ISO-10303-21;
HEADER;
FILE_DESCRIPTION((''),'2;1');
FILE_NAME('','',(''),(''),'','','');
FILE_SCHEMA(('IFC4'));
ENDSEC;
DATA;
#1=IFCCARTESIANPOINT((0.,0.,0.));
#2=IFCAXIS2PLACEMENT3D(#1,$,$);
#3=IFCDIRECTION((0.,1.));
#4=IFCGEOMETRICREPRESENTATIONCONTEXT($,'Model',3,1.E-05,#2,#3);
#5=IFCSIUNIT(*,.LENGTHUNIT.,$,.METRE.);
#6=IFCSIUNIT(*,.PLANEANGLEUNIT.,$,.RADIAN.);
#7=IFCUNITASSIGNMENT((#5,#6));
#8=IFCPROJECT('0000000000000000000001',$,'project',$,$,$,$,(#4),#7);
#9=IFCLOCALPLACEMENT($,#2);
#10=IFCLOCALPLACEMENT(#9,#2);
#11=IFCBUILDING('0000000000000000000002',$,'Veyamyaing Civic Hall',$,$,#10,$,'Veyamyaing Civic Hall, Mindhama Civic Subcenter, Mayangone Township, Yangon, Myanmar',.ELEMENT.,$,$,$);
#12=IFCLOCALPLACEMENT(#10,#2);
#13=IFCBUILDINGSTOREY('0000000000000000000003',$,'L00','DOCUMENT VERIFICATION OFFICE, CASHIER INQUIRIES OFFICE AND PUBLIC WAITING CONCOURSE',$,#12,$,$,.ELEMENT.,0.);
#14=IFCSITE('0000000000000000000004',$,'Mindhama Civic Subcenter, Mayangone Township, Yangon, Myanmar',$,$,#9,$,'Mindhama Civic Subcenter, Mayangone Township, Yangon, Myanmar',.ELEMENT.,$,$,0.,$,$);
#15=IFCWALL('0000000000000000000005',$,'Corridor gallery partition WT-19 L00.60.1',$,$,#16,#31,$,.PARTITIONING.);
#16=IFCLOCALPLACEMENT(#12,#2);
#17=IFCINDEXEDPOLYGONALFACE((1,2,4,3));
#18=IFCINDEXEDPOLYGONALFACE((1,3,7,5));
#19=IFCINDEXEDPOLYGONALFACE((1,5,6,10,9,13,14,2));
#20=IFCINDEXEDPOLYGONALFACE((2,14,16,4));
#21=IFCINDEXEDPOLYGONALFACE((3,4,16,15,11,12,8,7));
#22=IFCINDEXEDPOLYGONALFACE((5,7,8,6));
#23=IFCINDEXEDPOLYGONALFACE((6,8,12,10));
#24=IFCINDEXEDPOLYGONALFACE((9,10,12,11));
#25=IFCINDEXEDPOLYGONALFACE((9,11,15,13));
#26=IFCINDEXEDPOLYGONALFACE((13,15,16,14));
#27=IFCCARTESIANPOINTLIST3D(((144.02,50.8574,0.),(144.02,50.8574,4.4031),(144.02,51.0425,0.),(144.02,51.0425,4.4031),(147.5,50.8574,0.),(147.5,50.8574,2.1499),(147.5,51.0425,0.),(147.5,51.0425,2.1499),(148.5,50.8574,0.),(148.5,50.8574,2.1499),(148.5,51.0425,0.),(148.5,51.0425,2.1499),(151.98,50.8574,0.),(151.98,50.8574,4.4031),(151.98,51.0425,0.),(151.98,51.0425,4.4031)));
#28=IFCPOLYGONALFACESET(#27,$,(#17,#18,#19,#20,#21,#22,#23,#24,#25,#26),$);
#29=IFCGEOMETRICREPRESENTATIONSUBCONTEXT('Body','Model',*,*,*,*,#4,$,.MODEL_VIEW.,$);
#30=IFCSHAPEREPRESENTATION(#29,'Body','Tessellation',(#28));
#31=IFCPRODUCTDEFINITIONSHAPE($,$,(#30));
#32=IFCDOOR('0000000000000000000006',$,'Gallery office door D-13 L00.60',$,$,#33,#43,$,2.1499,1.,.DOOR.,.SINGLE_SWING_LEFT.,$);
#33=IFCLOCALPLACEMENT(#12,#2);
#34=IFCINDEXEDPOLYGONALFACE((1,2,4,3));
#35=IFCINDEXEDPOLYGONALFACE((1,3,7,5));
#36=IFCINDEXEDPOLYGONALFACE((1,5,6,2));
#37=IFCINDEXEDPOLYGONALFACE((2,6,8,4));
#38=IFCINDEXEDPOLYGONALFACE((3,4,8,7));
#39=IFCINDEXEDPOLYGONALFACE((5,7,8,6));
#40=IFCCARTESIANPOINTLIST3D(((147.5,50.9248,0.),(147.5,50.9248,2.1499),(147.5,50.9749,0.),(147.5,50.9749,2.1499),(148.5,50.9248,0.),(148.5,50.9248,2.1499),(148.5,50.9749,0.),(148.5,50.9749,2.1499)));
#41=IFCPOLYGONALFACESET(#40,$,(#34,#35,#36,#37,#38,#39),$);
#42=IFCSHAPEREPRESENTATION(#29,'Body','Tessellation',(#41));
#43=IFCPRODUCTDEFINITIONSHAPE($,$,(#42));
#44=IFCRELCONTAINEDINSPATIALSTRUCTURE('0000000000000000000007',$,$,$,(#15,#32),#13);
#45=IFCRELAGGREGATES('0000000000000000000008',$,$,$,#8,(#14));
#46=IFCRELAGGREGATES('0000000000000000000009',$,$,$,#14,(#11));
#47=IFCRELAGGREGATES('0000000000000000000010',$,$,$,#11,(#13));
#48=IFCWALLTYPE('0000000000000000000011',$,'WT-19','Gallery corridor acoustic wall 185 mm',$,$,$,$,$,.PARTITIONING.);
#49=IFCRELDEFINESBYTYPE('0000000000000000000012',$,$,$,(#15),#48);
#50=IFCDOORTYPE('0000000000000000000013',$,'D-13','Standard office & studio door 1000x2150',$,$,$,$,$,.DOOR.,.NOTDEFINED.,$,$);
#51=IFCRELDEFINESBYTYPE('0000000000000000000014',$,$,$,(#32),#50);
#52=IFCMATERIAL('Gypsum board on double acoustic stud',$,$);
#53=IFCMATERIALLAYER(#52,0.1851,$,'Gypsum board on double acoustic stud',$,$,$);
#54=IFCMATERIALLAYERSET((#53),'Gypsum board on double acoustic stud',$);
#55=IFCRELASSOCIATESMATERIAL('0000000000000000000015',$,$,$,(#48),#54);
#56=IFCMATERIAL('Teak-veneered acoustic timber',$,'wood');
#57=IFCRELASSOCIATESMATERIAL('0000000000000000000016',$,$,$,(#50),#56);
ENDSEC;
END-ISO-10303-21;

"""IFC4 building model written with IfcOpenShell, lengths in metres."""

from ifc_helpers import new_model, si_unit, direction, frame, frame_2d, origin, place, context, subcontext, project, spatial, rectangle, extrude, material, layer, layer_set, type_object, element, fill, save


model = new_model("IFC4")

# Units and contexts
model_context = context("Model", 3, precision=1e-05, world=origin(), true_north=direction((0.0, 1.0)))
body_context = subcontext(model_context, "Body", "Model", "MODEL_VIEW")
ifc_project = project(units=[si_unit("LENGTHUNIT", "METRE"), si_unit("PLANEANGLEUNIT", "RADIAN")], contexts=[model_context])

# Site, building, storey
site_placement = place(None, origin())
site = spatial("IfcSite", under=ifc_project, at=site_placement, Name="Mindhama Civic Subcenter, Mayangone Township, Yangon, Myanmar", LongName="Mindhama Civic Subcenter, Mayangone Township, Yangon, Myanmar", CompositionType="ELEMENT", RefElevation=0.0)
building_placement = place(site_placement, origin())
building = spatial("IfcBuilding", under=site, at=building_placement, Name="Veyamyaing Civic Hall", LongName="Veyamyaing Civic Hall, Mindhama Civic Subcenter, Mayangone Township, Yangon, Myanmar", CompositionType="ELEMENT")
storey_placement = place(building_placement, origin())
storey = spatial("IfcBuildingStorey", under=building, at=storey_placement, Name="L00", Description="DOCUMENT VERIFICATION OFFICE, CASHIER INQUIRIES OFFICE AND PUBLIC WAITING CONCOURSE", CompositionType="ELEMENT", Elevation=0.0)

# Wall, opening, door
ifc_material_1 = material(Name="Gypsum board on double acoustic stud")
ifc_layer_1 = layer(ifc_material_1, 0.1851, Name="Gypsum board on double acoustic stud")
ifc_layer_set_1 = layer_set([ifc_layer_1], Name="Gypsum board on double acoustic stud")
wall_type_1 = type_object("IfcWallType", Name="WT-19", Description="Gallery corridor acoustic wall 185 mm", PredefinedType="PARTITIONING", material=ifc_layer_set_1)
wall_1_placement = place(storey_placement, frame((144.02, 50.95, 0.0), z_axis=(0.0, 0.0, 1.0), x_axis=(1.0, 0.0, 0.0)))
wall_1 = element("IfcWall", 1, at=wall_1_placement, inside=storey, type_object=wall_type_1, Name="Corridor gallery partition WT-19 L00.60.1", PredefinedType="PARTITIONING", context=body_context, shape_type="SweptSolid", body=[
    extrude(rectangle(XDim=7.96, YDim=0.1851, at=frame_2d((3.98, 0.0))), origin(), (0.0, 0.0, 1.0), 4.4031),
])
opening_placement = place(wall_1_placement, frame((3.48, 0.0, 0.0)))
opening = element("IfcOpeningElement", 2, at=opening_placement, cuts=wall_1, PredefinedType="OPENING", context=body_context, shape_type="SweptSolid", body=[
    extrude(rectangle(XDim=1.0, YDim=2.1499, at=frame_2d((0.5, 1.075))), frame((0.0, 0.1025, 0.0), z_axis=(0.0, -1.0, 0.0), x_axis=(1.0, 0.0, 0.0)), (0.0, 0.0, 1.0), 0.2051),
])
ifc_material_2 = material(Name="Teak-veneered acoustic timber", Category="wood")
door_type = type_object("IfcDoorType", Name="D-13", Description="Standard office & studio door 1000x2150", OperationType="NOTDEFINED", PredefinedType="DOOR", material=ifc_material_2)
door_placement = place(opening_placement, origin())
door = element("IfcDoor", 3, at=door_placement, inside=storey, type_object=door_type, Name="Gallery office door D-13 L00.60", OperationType="SINGLE_SWING_LEFT", OverallHeight=2.1499, OverallWidth=1.0, PredefinedType="DOOR", context=body_context, shape_type="SweptSolid", body=[
    extrude(rectangle(XDim=1.0, YDim=2.1499, at=frame_2d((0.5, 1.075))), frame((0.0, 0.0249, 0.0), z_axis=(0.0, -1.0, 0.0), x_axis=(1.0, 0.0, 0.0)), (0.0, 0.0, 1.0), 0.05),
])
fill(opening, door)

save(model, "model.ifc")
